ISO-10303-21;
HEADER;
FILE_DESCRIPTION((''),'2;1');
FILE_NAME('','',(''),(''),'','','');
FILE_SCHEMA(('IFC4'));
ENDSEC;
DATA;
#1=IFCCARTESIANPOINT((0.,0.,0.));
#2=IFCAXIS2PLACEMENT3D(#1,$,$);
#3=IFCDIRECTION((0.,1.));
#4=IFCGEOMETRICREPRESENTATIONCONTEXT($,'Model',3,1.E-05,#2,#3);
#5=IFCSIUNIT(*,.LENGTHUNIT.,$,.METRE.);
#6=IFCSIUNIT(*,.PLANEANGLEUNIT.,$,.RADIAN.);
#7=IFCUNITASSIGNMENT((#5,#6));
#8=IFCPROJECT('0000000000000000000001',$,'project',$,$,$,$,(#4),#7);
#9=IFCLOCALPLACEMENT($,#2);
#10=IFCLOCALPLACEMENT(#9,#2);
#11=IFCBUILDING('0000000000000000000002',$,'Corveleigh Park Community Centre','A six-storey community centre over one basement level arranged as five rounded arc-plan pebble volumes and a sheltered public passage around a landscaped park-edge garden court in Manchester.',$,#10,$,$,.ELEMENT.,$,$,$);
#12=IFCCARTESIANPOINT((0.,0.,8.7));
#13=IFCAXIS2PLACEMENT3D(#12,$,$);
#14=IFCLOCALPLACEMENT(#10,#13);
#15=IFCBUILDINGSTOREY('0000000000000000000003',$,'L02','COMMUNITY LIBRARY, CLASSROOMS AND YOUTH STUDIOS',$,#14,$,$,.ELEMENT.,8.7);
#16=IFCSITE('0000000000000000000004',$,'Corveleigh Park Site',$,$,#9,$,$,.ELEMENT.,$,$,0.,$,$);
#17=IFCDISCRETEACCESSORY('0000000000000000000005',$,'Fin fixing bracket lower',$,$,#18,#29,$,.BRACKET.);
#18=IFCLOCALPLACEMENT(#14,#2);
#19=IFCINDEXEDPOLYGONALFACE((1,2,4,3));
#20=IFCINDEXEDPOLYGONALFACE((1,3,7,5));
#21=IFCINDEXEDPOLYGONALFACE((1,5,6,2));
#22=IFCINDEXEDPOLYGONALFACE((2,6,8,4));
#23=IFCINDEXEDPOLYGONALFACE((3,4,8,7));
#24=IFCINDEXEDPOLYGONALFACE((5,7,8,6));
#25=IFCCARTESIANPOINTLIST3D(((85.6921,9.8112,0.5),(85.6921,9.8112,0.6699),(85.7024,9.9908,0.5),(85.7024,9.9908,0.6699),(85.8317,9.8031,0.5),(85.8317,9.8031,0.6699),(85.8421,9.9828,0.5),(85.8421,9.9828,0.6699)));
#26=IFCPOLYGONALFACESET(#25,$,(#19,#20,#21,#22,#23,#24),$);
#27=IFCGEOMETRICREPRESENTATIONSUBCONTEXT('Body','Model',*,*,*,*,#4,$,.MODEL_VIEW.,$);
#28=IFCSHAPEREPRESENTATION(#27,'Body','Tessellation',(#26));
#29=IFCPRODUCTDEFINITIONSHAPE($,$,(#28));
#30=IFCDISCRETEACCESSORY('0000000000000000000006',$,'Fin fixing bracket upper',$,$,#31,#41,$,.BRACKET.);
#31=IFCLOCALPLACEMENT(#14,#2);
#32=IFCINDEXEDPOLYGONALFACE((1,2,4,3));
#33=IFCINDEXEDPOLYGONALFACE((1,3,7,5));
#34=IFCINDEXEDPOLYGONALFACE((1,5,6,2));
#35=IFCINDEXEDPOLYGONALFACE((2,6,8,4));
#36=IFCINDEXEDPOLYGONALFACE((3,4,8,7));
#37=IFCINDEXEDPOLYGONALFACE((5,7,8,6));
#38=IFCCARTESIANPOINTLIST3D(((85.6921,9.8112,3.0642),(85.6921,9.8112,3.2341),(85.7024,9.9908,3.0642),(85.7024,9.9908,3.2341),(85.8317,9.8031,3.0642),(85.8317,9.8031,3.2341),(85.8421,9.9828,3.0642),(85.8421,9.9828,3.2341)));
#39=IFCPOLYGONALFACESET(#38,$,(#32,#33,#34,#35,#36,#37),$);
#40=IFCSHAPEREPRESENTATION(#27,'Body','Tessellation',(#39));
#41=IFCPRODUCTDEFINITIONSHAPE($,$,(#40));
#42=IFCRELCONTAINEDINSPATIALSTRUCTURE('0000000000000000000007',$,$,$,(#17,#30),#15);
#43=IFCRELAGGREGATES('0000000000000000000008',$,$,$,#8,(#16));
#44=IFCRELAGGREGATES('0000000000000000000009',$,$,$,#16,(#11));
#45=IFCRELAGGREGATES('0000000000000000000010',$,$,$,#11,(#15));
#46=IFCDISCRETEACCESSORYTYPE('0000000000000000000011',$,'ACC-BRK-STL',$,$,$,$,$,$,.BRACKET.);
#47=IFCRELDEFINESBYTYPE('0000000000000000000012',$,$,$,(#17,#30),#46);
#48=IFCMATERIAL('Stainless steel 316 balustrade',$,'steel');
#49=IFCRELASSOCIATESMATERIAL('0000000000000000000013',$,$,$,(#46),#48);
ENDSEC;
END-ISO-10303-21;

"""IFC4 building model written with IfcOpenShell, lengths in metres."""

from ifc_helpers import new_model, si_unit, direction, frame, origin, origin_2d, place, context, subcontext, project, spatial, rectangle, extrude, material, type_object, element, save


model = new_model("IFC4")

# Units and contexts
model_context = context("Model", 3, precision=1e-05, world=origin(), true_north=direction((0.0, 1.0)))
body_context = subcontext(model_context, "Body", "Model", "MODEL_VIEW")
ifc_project = project(units=[si_unit("LENGTHUNIT", "METRE"), si_unit("PLANEANGLEUNIT", "RADIAN")], contexts=[model_context])

# Site, building, storey
site_placement = place(None, origin())
site = spatial("IfcSite", under=ifc_project, at=site_placement, Name="Corveleigh Park Site", CompositionType="ELEMENT", RefElevation=0.0)
building_placement = place(site_placement, origin())
building = spatial("IfcBuilding", under=site, at=building_placement, Name="Corveleigh Park Community Centre", Description="A six-storey community centre over one basement level arranged as five rounded arc-plan pebble volumes and a sheltered public passage around a landscaped park-edge garden court in Manchester.", CompositionType="ELEMENT")
storey_placement = place(building_placement, frame((0.0, 0.0, 8.7)))
storey = spatial("IfcBuildingStorey", under=building, at=storey_placement, Name="L02", Description="COMMUNITY LIBRARY, CLASSROOMS AND YOUTH STUDIOS", CompositionType="ELEMENT", Elevation=8.7)

# Discrete accessories
ifc_material_1 = material(Name="Stainless steel 316 balustrade", Category="steel")
discrete_accessory_type = type_object("IfcDiscreteAccessoryType", Name="ACC-BRK-STL", PredefinedType="BRACKET", material=ifc_material_1)
for number, where, z_axis, x_axis, name in (
    (1, (85.7671, 9.897, 0.5), (0.0, 0.0, 1.0), (-0.057597, -0.99834, 0.0), "Fin fixing bracket lower"),
    (2, (85.7671, 9.897, 3.0642), (0.0, 0.0, 1.0), (-0.057597, -0.99834, 0.0), "Fin fixing bracket upper"),
):
    element("IfcDiscreteAccessory", number, at=place(storey_placement, frame(where, z_axis=z_axis, x_axis=x_axis)), inside=storey, type_object=discrete_accessory_type, Name=name, PredefinedType="BRACKET", context=body_context, shape_type="SweptSolid", body=[
        extrude(rectangle(XDim=0.1799, YDim=0.1399, at=origin_2d()), origin(), (0.0, 0.0, 1.0), 0.1699),
    ])

save(model, "model.ifc")
